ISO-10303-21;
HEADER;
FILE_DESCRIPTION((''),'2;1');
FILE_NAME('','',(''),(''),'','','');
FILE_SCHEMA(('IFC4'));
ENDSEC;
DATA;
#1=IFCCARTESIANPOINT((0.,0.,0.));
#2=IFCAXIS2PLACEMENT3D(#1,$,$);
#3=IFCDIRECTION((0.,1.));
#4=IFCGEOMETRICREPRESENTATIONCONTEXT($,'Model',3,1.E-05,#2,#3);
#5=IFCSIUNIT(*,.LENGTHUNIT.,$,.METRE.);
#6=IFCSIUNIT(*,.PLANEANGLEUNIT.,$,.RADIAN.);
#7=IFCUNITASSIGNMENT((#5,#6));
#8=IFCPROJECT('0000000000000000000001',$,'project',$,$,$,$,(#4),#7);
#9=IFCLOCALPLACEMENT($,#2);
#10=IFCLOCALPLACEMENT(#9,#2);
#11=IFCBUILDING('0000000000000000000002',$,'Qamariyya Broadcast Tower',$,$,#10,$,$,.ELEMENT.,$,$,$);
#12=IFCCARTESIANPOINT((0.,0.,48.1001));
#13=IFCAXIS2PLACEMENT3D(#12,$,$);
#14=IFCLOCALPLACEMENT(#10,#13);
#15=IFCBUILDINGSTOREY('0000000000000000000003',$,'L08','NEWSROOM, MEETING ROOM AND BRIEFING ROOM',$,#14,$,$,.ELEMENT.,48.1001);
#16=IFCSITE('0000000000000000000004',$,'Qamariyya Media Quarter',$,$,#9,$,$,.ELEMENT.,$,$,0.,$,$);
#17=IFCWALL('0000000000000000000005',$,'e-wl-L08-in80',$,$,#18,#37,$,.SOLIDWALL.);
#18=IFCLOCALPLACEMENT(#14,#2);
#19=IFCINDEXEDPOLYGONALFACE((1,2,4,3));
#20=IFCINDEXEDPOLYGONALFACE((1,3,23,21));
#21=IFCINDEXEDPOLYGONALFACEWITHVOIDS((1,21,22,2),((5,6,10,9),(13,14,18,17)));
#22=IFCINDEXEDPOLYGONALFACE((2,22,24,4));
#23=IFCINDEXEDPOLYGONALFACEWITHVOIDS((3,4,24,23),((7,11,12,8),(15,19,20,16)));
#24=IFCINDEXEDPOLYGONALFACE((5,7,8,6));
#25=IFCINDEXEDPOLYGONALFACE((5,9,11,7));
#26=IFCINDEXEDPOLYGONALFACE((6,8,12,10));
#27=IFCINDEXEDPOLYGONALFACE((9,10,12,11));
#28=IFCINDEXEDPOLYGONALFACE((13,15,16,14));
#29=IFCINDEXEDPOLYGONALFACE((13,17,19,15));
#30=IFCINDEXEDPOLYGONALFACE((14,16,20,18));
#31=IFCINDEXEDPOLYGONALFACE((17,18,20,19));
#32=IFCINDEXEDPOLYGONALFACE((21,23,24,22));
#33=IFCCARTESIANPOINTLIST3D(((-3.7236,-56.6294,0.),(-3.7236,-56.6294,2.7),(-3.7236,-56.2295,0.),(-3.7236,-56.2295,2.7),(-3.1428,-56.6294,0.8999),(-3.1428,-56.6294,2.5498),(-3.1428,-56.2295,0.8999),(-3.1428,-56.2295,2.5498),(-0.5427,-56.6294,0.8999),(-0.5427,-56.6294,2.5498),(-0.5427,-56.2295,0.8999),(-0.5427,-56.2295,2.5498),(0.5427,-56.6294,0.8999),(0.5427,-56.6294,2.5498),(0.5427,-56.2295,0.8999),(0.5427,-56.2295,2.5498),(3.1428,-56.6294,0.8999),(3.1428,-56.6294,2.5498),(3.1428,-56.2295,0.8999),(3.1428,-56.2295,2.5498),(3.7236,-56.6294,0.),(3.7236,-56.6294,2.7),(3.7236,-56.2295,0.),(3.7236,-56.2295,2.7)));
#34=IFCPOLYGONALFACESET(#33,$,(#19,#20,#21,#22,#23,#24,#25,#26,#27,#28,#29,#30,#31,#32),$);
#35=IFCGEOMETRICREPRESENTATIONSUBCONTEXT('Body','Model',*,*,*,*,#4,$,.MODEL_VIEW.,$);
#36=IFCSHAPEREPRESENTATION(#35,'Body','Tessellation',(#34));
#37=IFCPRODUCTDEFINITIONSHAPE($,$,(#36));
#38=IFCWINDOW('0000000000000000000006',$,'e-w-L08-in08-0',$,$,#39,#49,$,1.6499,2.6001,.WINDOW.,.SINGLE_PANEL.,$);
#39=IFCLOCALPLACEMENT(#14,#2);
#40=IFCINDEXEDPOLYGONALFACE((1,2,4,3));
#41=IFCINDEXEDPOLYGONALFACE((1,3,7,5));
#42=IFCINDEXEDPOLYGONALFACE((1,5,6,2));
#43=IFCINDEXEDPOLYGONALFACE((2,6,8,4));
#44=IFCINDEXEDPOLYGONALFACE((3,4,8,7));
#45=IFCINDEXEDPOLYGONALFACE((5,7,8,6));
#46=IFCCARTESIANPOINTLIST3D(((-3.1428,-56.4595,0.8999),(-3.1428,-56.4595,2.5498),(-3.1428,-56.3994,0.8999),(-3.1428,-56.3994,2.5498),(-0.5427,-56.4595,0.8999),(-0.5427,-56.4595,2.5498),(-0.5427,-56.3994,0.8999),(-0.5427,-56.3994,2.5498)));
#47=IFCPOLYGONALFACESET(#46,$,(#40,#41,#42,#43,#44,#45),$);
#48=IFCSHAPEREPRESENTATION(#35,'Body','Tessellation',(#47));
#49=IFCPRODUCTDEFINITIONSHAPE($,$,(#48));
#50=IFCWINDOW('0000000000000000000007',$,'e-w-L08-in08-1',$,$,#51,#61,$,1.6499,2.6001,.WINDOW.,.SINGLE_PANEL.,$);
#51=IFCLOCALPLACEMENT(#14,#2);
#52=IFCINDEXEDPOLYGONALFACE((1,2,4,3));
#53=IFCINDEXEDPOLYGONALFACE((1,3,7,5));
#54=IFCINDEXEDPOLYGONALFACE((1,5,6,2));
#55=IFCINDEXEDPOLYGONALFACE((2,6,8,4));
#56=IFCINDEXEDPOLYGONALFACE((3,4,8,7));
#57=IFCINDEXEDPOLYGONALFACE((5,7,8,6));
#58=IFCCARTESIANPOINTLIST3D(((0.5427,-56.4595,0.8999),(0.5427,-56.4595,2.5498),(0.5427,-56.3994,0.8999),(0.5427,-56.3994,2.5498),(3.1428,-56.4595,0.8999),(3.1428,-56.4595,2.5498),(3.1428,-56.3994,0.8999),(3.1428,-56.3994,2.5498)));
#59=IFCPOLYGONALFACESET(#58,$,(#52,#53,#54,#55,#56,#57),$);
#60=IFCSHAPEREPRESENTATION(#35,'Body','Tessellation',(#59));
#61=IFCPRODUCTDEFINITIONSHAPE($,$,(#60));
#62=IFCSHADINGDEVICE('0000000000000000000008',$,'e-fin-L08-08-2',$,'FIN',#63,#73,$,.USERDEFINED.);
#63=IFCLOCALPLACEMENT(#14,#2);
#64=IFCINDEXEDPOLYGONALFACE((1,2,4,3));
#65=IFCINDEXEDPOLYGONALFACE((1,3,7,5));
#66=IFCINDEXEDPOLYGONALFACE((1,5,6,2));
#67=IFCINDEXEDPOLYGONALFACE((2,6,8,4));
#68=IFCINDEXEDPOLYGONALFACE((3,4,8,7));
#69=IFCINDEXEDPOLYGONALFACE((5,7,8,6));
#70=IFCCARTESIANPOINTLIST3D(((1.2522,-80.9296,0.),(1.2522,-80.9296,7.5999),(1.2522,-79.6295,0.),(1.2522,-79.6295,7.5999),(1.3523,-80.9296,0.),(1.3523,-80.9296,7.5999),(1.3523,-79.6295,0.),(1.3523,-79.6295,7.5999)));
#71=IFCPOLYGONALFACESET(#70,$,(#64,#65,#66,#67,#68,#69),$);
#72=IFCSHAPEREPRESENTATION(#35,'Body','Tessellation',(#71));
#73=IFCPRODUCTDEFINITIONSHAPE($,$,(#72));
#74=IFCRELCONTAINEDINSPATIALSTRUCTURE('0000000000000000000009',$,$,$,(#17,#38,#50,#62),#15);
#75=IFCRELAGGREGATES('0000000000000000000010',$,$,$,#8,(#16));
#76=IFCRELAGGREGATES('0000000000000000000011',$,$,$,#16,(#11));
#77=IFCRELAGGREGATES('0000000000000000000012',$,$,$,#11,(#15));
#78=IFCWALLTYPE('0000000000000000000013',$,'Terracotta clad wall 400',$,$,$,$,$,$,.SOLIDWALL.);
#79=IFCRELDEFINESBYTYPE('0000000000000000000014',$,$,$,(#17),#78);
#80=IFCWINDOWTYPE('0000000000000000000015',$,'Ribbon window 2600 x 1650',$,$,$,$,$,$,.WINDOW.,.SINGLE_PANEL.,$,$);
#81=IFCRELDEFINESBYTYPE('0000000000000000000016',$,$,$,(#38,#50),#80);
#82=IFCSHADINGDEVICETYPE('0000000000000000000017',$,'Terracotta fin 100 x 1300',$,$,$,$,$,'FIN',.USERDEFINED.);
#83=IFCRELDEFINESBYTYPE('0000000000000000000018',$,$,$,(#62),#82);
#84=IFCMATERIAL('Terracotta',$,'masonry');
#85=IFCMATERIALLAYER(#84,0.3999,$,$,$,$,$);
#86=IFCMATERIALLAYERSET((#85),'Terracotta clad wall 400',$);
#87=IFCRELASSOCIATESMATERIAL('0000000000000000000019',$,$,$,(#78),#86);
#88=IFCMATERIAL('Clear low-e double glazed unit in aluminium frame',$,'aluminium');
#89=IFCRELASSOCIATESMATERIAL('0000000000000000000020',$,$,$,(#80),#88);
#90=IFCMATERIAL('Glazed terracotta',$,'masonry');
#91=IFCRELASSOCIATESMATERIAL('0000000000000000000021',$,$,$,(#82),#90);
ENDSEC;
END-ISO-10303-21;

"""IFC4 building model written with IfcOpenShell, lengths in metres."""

from ifc_helpers import new_model, si_unit, direction, frame, frame_2d, origin, origin_2d, place, context, subcontext, project, spatial, rectangle, extrude, material, layer, layer_set, material_profile, profile_set, type_object, element, fill, save


model = new_model("IFC4")

# Units and contexts
model_context = context("Model", 3, precision=1e-05, world=origin(), true_north=direction((0.0, 1.0)))
body_context = subcontext(model_context, "Body", "Model", "MODEL_VIEW")
ifc_project = project(units=[si_unit("LENGTHUNIT", "METRE"), si_unit("PLANEANGLEUNIT", "RADIAN")], contexts=[model_context])

# Site, building, storey
site_placement = place(None, origin())
site = spatial("IfcSite", under=ifc_project, at=site_placement, Name="Qamariyya Media Quarter", CompositionType="ELEMENT", RefElevation=0.0)
building_placement = place(site_placement, origin())
building = spatial("IfcBuilding", under=site, at=building_placement, Name="Qamariyya Broadcast Tower", CompositionType="ELEMENT")
storey_placement = place(building_placement, frame((0.0, 0.0, 48.1001)))
storey = spatial("IfcBuildingStorey", under=building, at=storey_placement, Name="L08", Description="NEWSROOM, MEETING ROOM AND BRIEFING ROOM", CompositionType="ELEMENT", Elevation=48.1001)

# Wall, openings, windows
ifc_material_1 = material(Name="Terracotta", Category="masonry")
ifc_layer_1 = layer(ifc_material_1, 0.3999)
ifc_layer_set_1 = layer_set([ifc_layer_1], Name="Terracotta clad wall 400")
wall_type_1 = type_object("IfcWallType", Name="Terracotta clad wall 400", PredefinedType="SOLIDWALL", material=ifc_layer_set_1)
wall_1_placement = place(storey_placement, frame((3.7236, -56.4294, 0.0), z_axis=(0.0, 0.0, 1.0), x_axis=(-1.0, 0.0, 0.0)))
wall_1 = element("IfcWall", 1, at=wall_1_placement, inside=storey, type_object=wall_type_1, Name="e-wl-L08-in80", PredefinedType="SOLIDWALL", context=body_context, shape_type="SweptSolid", body=[
    extrude(rectangle(XDim=7.4473, YDim=0.3999, at=frame_2d((3.7236, 0.0))), origin(), (0.0, 0.0, 1.0), 2.7),
])
opening_1_placement = place(wall_1_placement, frame((4.2664, 0.0, 0.8999)))
opening_1 = element("IfcOpeningElement", 2, at=opening_1_placement, cuts=wall_1, PredefinedType="OPENING", context=body_context, shape_type="SweptSolid", body=[
    extrude(rectangle(XDim=2.6001, YDim=1.6499, at=frame_2d((1.3, 0.825))), frame((0.0, 0.21, 0.0), z_axis=(0.0, -1.0, 0.0), x_axis=(1.0, 0.0, 0.0)), (0.0, 0.0, 1.0), 0.4199),
])
opening_2_placement = place(wall_1_placement, frame((0.5808, 0.0, 0.8999)))
opening_2 = element("IfcOpeningElement", 3, at=opening_2_placement, cuts=wall_1, PredefinedType="OPENING", context=body_context, shape_type="SweptSolid", body=[
    extrude(rectangle(XDim=2.6001, YDim=1.6499, at=frame_2d((1.3, 0.825))), frame((0.0, 0.21, 0.0), z_axis=(0.0, -1.0, 0.0), x_axis=(1.0, 0.0, 0.0)), (0.0, 0.0, 1.0), 0.4199),
])
ifc_material_2 = material(Name="Clear low-e double glazed unit in aluminium frame", Category="aluminium")
window_type = type_object("IfcWindowType", Name="Ribbon window 2600 x 1650", PartitioningType="SINGLE_PANEL", PredefinedType="WINDOW", material=ifc_material_2)
window_1_placement = place(opening_1_placement, origin())
window_1 = element("IfcWindow", 4, at=window_1_placement, inside=storey, type_object=window_type, Name="e-w-L08-in08-0", OverallHeight=1.6499, OverallWidth=2.6001, PartitioningType="SINGLE_PANEL", PredefinedType="WINDOW", context=body_context, shape_type="SweptSolid", body=[
    extrude(rectangle(XDim=2.6001, YDim=1.6499, at=frame_2d((1.3, 0.825))), frame((0.0, 0.03, 0.0), z_axis=(0.0, -1.0, 0.0), x_axis=(1.0, 0.0, 0.0)), (0.0, 0.0, 1.0), 0.0601),
])
fill(opening_1, window_1)
window_2_placement = place(opening_2_placement, origin())
window_2 = element("IfcWindow", 5, at=window_2_placement, inside=storey, type_object=window_type, Name="e-w-L08-in08-1", OverallHeight=1.6499, OverallWidth=2.6001, PartitioningType="SINGLE_PANEL", PredefinedType="WINDOW", context=body_context, shape_type="SweptSolid", body=[
    extrude(rectangle(XDim=2.6001, YDim=1.6499, at=frame_2d((1.3, 0.825))), frame((0.0, 0.03, 0.0), z_axis=(0.0, -1.0, 0.0), x_axis=(1.0, 0.0, 0.0)), (0.0, 0.0, 1.0), 0.0601),
])
fill(opening_2, window_2)

# Shading device
ifc_material_3 = material(Name="Glazed terracotta", Category="masonry")
ifc_material_profile_1 = material_profile(ifc_material_3, rectangle(XDim=1.3, YDim=0.1001, at=origin_2d()))
ifc_profile_set_1 = profile_set([ifc_material_profile_1], Name="Glazed terracotta")
shading_device_type = type_object("IfcShadingDeviceType", Name="Terracotta fin 100 x 1300", ElementType="FIN", PredefinedType="USERDEFINED", material=ifc_profile_set_1)
shading_device_placement = place(storey_placement, frame((1.3022, -80.2795, 0.0), z_axis=(0.0, 0.0, 1.0), x_axis=(0.0, -1.0, 0.0)))
element("IfcShadingDevice", 6, at=shading_device_placement, inside=storey, type_object=shading_device_type, Name="e-fin-L08-08-2", ObjectType="FIN", PredefinedType="USERDEFINED", context=body_context, shape_type="SweptSolid", body=[
    extrude(rectangle(XDim=1.3, YDim=0.1001, at=origin_2d()), origin(), (0.0, 0.0, 1.0), 7.5999),
])

save(model, "model.ifc")
